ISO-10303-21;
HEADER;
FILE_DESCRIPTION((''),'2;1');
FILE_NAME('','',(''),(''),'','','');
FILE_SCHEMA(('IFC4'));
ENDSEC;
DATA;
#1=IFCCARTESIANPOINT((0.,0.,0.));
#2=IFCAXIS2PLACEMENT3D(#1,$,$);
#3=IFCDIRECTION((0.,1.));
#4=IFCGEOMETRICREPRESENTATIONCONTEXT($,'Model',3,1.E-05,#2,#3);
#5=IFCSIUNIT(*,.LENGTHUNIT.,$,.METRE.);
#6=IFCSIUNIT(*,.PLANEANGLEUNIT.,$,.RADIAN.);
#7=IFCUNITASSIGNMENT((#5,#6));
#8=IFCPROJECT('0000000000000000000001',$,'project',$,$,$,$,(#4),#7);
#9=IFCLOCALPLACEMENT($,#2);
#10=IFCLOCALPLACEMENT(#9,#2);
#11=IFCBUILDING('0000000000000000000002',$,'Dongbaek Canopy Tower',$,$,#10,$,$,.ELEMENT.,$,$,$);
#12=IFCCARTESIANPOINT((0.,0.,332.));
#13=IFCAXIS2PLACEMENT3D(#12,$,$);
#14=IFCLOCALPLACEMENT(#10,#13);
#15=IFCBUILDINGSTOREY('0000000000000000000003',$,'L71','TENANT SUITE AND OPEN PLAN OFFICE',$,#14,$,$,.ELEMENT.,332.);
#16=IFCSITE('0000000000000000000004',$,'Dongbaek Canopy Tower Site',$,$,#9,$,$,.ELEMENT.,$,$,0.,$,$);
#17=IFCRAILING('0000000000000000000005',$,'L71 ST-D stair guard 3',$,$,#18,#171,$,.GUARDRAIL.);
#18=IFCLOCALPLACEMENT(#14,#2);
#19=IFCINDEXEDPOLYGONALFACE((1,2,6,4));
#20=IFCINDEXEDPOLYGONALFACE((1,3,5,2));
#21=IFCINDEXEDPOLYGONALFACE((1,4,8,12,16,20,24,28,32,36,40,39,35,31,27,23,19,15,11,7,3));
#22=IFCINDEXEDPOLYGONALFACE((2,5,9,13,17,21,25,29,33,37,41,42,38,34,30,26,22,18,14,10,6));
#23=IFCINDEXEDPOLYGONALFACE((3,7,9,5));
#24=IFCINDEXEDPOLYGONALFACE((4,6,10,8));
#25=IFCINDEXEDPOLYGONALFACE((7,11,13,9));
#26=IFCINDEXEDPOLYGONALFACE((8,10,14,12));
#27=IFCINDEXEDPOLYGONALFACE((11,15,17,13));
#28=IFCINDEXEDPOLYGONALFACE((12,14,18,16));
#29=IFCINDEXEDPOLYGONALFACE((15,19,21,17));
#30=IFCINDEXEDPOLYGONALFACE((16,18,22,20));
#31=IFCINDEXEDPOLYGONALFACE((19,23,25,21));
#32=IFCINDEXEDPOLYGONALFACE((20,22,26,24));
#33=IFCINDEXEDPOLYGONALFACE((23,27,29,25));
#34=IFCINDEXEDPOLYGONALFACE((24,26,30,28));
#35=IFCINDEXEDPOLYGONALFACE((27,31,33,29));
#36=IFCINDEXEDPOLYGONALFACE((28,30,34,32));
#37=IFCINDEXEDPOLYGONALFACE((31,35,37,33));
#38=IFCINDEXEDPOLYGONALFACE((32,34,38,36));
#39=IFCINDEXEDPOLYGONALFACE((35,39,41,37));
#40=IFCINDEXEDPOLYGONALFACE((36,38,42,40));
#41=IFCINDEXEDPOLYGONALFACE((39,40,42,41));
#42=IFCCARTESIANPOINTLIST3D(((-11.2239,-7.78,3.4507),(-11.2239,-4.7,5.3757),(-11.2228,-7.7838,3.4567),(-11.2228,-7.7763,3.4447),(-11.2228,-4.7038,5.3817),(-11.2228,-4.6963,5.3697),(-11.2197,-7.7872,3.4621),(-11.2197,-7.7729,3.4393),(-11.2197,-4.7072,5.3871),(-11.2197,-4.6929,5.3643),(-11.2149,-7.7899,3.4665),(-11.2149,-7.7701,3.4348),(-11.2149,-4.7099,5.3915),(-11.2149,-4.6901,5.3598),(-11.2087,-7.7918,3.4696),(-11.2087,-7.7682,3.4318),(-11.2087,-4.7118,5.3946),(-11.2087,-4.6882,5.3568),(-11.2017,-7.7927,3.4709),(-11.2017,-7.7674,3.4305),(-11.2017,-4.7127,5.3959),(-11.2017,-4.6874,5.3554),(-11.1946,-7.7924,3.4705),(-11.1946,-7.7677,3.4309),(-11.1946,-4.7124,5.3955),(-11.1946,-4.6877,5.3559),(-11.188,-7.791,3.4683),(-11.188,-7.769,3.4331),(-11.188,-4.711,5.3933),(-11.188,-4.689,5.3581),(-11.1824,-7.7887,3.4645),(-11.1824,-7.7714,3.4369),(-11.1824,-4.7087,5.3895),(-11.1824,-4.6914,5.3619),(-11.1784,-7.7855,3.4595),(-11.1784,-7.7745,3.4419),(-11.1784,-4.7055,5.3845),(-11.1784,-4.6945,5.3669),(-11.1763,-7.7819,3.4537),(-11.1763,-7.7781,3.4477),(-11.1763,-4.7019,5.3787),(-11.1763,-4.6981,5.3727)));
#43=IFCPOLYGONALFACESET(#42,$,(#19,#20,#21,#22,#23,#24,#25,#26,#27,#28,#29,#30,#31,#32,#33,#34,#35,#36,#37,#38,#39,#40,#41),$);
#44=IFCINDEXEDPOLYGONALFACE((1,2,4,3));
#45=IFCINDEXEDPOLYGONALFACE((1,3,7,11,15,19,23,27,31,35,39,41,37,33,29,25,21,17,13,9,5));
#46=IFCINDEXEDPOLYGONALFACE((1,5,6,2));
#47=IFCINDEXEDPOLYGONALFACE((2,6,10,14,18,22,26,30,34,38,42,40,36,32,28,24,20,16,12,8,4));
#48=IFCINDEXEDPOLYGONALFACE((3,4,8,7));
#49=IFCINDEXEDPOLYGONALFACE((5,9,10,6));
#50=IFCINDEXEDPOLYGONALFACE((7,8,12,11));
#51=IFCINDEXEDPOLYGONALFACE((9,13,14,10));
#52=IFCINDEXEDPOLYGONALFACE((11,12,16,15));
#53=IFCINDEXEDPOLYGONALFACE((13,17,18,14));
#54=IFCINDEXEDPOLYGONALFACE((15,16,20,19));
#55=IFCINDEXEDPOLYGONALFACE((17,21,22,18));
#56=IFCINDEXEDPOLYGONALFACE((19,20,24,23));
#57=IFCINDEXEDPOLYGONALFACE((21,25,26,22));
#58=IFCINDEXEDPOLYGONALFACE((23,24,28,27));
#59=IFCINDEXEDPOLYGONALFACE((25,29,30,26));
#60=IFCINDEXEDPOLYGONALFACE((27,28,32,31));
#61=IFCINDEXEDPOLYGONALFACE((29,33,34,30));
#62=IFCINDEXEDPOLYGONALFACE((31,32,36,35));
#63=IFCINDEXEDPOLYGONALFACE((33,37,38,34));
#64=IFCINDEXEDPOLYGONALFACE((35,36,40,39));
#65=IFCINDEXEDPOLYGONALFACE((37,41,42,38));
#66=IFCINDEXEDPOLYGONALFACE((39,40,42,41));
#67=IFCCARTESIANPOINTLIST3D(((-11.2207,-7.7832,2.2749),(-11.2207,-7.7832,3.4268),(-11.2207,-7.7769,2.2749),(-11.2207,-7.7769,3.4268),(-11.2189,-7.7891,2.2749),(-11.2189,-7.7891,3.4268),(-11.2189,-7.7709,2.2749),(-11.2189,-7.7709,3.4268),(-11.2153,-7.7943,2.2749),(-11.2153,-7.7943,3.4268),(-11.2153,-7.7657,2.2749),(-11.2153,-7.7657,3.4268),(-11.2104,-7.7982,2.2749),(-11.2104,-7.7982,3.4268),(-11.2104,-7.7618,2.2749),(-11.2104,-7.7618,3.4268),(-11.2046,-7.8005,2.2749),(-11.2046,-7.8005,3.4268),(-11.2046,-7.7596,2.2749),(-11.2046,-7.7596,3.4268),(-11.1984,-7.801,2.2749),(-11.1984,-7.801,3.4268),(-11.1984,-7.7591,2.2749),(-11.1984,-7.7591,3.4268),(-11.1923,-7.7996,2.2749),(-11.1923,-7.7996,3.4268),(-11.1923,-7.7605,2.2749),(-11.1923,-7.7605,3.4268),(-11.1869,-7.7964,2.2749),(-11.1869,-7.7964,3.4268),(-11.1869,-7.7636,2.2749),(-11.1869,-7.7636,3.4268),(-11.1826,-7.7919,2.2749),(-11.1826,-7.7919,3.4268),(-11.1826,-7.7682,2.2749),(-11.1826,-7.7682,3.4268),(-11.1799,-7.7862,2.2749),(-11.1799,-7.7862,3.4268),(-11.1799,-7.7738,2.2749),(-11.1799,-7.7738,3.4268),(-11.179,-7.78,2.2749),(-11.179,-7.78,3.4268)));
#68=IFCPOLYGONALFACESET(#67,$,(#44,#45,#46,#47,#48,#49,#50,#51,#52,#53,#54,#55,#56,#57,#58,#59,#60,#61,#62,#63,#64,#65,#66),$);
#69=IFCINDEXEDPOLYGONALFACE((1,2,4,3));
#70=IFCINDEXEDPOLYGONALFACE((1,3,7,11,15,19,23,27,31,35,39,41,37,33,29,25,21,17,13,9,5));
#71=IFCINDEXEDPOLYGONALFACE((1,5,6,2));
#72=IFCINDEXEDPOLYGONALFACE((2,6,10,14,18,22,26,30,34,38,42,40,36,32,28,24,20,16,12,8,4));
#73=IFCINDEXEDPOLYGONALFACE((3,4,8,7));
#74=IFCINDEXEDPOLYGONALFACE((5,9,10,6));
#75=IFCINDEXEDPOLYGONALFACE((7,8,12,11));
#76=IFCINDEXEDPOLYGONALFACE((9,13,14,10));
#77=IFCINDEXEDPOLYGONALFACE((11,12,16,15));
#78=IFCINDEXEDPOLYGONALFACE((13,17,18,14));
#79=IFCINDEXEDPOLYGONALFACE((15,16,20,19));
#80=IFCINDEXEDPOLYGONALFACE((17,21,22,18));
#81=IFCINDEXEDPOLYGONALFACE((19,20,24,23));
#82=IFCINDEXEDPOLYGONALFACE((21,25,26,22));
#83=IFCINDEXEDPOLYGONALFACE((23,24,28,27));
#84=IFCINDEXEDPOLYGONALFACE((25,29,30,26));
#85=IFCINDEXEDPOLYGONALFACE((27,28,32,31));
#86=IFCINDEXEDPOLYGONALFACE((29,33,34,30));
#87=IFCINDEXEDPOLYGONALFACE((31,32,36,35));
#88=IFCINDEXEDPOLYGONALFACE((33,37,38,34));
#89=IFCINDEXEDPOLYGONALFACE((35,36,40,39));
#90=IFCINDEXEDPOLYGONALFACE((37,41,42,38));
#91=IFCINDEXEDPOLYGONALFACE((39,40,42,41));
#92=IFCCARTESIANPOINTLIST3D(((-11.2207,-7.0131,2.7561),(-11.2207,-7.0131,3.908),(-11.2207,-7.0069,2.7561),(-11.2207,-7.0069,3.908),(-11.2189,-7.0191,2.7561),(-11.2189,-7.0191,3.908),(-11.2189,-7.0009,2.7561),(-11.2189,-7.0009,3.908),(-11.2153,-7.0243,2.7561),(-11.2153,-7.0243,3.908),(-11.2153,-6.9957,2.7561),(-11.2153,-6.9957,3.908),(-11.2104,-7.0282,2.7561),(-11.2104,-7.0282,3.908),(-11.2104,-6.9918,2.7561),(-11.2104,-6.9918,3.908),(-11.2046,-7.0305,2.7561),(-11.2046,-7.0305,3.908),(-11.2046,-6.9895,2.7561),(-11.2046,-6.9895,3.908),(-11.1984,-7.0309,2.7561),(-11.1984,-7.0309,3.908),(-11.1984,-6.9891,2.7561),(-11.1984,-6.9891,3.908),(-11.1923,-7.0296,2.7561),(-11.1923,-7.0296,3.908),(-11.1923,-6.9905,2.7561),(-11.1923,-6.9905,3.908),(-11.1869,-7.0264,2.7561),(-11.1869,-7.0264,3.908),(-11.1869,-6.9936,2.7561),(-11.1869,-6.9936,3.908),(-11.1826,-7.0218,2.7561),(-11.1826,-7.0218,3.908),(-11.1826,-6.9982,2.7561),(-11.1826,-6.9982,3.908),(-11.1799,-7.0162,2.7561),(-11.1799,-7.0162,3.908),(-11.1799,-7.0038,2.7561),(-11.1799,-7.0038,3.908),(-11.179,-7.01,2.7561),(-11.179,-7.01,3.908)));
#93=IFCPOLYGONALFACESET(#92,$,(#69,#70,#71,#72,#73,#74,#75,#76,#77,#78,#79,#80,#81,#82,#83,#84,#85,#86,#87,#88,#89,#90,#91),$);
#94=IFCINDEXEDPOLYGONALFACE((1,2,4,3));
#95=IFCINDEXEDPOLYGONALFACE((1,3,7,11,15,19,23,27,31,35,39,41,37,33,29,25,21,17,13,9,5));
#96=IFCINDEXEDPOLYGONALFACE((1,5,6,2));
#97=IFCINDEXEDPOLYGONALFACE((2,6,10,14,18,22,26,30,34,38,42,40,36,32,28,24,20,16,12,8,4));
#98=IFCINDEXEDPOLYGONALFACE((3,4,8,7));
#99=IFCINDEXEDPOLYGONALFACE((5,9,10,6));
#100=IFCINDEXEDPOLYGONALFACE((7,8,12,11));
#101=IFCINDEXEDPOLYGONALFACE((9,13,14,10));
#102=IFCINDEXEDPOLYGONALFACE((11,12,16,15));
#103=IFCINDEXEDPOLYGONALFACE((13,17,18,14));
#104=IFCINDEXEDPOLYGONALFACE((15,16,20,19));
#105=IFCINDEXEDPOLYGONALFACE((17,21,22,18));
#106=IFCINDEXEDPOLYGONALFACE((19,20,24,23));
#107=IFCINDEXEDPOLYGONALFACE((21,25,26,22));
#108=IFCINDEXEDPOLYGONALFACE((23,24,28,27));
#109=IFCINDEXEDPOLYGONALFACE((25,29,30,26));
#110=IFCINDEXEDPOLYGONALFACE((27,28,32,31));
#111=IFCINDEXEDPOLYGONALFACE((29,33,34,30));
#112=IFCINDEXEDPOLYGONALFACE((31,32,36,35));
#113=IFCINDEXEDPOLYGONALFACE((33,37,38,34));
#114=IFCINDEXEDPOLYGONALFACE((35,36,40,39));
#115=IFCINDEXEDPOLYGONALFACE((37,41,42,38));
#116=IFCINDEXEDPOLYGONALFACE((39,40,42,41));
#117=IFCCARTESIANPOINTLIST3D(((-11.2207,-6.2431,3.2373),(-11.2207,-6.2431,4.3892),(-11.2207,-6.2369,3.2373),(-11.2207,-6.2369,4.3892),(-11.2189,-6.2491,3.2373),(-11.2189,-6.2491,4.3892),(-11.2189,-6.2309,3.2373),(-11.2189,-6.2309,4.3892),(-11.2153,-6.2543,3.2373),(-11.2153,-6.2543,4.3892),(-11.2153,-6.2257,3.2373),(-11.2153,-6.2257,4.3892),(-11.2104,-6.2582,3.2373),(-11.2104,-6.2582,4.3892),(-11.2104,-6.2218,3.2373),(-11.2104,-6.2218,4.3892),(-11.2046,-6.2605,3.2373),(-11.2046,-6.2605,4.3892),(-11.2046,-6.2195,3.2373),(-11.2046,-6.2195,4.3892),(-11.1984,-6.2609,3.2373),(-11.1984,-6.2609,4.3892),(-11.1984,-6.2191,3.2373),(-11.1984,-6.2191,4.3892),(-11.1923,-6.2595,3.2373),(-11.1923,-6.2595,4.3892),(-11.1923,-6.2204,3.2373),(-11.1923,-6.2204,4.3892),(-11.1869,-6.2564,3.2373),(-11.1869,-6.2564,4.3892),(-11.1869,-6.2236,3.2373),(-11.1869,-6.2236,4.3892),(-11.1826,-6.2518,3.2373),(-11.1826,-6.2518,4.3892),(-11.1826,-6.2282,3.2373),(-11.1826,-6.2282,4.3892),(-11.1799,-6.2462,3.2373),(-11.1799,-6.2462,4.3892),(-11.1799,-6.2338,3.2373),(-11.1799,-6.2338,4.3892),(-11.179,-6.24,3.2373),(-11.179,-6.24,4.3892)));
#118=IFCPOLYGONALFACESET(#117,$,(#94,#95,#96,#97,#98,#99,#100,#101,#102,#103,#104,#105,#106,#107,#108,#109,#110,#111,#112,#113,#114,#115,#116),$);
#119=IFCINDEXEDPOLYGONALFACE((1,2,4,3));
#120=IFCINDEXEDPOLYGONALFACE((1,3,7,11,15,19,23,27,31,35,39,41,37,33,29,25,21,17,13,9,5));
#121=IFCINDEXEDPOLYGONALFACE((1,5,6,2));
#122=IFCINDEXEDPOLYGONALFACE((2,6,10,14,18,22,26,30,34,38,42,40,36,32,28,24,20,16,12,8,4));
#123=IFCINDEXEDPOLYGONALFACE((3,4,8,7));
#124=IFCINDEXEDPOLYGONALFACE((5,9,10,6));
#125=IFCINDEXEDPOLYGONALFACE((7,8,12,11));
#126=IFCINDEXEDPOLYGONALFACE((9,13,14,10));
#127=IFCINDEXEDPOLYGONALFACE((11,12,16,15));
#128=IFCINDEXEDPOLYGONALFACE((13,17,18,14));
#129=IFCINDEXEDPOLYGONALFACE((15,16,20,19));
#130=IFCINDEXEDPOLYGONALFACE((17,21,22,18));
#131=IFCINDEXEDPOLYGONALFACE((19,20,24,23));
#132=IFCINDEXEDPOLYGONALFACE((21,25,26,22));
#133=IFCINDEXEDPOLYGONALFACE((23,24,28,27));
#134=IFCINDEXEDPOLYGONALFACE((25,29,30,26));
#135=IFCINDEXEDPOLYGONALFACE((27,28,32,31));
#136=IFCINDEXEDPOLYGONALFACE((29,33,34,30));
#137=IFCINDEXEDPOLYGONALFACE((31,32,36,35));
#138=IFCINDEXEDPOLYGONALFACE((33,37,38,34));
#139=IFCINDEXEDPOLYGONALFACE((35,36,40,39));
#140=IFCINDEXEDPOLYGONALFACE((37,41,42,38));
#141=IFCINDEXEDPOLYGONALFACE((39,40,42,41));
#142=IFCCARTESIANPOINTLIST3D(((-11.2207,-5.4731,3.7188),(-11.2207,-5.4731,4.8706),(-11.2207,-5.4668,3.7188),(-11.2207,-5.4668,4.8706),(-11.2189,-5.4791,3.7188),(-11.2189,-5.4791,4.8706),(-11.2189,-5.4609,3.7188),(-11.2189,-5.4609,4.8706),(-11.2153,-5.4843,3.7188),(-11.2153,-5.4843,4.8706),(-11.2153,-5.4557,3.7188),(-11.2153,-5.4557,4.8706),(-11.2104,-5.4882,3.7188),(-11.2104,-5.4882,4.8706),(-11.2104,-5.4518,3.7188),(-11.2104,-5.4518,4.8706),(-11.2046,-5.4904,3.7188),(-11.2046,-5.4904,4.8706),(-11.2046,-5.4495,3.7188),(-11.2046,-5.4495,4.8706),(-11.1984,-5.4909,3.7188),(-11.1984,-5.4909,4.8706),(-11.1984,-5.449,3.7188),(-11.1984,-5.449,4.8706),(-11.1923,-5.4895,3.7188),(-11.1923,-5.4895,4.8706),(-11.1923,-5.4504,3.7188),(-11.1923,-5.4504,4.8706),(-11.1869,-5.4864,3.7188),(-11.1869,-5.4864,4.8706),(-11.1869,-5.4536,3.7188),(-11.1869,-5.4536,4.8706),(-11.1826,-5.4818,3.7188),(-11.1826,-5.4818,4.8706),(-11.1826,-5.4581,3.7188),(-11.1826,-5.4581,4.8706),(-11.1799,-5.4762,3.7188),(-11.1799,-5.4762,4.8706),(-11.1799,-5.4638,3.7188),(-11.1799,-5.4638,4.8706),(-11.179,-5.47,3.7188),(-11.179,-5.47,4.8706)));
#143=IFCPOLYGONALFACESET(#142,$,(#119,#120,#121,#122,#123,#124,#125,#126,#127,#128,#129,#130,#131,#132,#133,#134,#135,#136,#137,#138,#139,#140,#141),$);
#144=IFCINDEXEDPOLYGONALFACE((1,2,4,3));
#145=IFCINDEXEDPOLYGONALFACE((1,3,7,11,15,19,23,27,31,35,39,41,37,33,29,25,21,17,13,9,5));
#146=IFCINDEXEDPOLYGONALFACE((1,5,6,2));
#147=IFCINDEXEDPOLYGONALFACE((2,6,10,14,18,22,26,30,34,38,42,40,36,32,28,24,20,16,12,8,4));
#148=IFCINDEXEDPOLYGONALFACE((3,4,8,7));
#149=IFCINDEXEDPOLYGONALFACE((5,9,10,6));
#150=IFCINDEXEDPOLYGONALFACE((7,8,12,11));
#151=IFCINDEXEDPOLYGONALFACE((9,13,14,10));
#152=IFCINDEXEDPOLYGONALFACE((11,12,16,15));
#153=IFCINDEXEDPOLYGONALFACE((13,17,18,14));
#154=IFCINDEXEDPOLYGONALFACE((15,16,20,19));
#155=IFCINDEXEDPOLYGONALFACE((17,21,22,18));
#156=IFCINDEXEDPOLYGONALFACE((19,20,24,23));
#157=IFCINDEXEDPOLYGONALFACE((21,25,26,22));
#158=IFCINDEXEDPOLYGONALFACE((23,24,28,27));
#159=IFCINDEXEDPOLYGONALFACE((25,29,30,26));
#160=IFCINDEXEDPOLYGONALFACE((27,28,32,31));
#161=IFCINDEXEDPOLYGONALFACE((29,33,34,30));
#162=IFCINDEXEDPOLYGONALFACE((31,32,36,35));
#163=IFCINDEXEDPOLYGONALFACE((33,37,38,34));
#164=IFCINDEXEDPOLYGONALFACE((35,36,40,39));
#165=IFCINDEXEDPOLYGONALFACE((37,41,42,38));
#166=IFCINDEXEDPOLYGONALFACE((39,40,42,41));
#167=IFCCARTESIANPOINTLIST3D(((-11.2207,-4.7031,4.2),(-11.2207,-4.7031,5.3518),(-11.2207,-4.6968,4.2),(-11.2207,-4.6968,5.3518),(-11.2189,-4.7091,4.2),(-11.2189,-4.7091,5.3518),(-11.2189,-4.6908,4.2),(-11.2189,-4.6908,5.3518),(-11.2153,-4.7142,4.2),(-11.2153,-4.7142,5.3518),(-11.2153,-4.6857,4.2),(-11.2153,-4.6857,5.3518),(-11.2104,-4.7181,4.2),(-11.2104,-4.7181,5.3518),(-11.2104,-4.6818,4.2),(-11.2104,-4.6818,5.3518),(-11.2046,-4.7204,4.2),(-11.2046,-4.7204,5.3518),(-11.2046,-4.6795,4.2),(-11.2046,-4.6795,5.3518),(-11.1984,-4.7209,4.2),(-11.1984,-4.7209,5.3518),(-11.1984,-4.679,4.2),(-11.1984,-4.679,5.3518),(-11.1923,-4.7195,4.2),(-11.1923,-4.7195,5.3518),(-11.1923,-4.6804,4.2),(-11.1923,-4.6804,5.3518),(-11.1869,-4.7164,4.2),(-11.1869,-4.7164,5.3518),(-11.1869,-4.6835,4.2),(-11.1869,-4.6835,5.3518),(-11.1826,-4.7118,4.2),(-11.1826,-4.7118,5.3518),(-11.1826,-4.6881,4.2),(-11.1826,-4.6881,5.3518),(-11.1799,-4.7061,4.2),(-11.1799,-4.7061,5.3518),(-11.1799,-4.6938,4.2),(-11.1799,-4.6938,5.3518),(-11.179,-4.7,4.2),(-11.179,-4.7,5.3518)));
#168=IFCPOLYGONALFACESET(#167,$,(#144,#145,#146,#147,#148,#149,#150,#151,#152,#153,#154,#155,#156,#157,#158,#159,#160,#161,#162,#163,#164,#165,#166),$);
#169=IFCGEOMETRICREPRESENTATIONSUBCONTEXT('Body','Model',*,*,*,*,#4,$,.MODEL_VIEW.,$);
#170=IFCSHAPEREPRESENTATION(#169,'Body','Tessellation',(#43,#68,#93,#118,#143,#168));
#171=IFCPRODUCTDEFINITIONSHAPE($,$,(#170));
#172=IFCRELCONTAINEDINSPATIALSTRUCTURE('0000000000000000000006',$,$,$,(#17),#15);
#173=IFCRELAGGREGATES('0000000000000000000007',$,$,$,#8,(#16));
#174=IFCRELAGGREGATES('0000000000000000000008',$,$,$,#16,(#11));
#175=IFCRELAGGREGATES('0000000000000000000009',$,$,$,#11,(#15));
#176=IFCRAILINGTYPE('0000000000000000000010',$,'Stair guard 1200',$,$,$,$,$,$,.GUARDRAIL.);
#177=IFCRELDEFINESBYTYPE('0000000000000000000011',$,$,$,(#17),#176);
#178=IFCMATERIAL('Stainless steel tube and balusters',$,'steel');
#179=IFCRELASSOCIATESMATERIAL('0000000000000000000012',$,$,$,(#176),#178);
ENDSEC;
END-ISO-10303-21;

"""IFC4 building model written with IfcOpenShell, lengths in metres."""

from ifc_helpers import new_model, si_unit, direction, frame, origin, origin_2d, place, context, subcontext, project, spatial, circle, extrude, material, type_object, element, save


model = new_model("IFC4")

# Units and contexts
model_context = context("Model", 3, precision=1e-05, world=origin(), true_north=direction((0.0, 1.0)))
body_context = subcontext(model_context, "Body", "Model", "MODEL_VIEW")
ifc_project = project(units=[si_unit("LENGTHUNIT", "METRE"), si_unit("PLANEANGLEUNIT", "RADIAN")], contexts=[model_context])

# Site, building, storey
site_placement = place(None, origin())
site = spatial("IfcSite", under=ifc_project, at=site_placement, Name="Dongbaek Canopy Tower Site", CompositionType="ELEMENT", RefElevation=0.0)
building_placement = place(site_placement, origin())
building = spatial("IfcBuilding", under=site, at=building_placement, Name="Dongbaek Canopy Tower", CompositionType="ELEMENT")
storey_placement = place(building_placement, frame((0.0, 0.0, 332.0)))
storey = spatial("IfcBuildingStorey", under=building, at=storey_placement, Name="L71", Description="TENANT SUITE AND OPEN PLAN OFFICE", CompositionType="ELEMENT", Elevation=332.0)

# Railing
ifc_material_1 = material(Name="Stainless steel tube and balusters", Category="steel")
railing_type_1 = type_object("IfcRailingType", Name="Stair guard 1200", PredefinedType="GUARDRAIL", material=ifc_material_1)
railing_1_placement = place(storey_placement, frame((-11.2, -7.78, 2.2749)))
element("IfcRailing", 1, at=railing_1_placement, inside=storey, type_object=railing_type_1, Name="L71 ST-D stair guard 3", PredefinedType="GUARDRAIL", context=body_context, shape_type="SweptSolid", body=[
    extrude(circle(Radius=0.0239, at=origin_2d()), frame((0.0, 0.0, 1.1758), z_axis=(0.0, 0.847998, 0.529999), x_axis=(-1.0, 0.0, 0.0)), (0.0, 0.0, 1.0), 3.6321),
    extrude(circle(Radius=0.021, at=origin_2d()), origin(), (0.0, 0.0, 1.0), 1.1519),
    extrude(circle(Radius=0.021, at=origin_2d()), frame((0.0, 0.77, 0.4812)), (0.0, 0.0, 1.0), 1.1519),
    extrude(circle(Radius=0.021, at=origin_2d()), frame((0.0, 1.54, 0.9624)), (0.0, 0.0, 1.0), 1.1519),
    extrude(circle(Radius=0.021, at=origin_2d()), frame((0.0, 2.3101, 1.4438)), (0.0, 0.0, 1.0), 1.1519),
    extrude(circle(Radius=0.021, at=origin_2d()), frame((0.0, 3.0801, 1.925)), (0.0, 0.0, 1.0), 1.1519),
])

save(model, "model.ifc")
